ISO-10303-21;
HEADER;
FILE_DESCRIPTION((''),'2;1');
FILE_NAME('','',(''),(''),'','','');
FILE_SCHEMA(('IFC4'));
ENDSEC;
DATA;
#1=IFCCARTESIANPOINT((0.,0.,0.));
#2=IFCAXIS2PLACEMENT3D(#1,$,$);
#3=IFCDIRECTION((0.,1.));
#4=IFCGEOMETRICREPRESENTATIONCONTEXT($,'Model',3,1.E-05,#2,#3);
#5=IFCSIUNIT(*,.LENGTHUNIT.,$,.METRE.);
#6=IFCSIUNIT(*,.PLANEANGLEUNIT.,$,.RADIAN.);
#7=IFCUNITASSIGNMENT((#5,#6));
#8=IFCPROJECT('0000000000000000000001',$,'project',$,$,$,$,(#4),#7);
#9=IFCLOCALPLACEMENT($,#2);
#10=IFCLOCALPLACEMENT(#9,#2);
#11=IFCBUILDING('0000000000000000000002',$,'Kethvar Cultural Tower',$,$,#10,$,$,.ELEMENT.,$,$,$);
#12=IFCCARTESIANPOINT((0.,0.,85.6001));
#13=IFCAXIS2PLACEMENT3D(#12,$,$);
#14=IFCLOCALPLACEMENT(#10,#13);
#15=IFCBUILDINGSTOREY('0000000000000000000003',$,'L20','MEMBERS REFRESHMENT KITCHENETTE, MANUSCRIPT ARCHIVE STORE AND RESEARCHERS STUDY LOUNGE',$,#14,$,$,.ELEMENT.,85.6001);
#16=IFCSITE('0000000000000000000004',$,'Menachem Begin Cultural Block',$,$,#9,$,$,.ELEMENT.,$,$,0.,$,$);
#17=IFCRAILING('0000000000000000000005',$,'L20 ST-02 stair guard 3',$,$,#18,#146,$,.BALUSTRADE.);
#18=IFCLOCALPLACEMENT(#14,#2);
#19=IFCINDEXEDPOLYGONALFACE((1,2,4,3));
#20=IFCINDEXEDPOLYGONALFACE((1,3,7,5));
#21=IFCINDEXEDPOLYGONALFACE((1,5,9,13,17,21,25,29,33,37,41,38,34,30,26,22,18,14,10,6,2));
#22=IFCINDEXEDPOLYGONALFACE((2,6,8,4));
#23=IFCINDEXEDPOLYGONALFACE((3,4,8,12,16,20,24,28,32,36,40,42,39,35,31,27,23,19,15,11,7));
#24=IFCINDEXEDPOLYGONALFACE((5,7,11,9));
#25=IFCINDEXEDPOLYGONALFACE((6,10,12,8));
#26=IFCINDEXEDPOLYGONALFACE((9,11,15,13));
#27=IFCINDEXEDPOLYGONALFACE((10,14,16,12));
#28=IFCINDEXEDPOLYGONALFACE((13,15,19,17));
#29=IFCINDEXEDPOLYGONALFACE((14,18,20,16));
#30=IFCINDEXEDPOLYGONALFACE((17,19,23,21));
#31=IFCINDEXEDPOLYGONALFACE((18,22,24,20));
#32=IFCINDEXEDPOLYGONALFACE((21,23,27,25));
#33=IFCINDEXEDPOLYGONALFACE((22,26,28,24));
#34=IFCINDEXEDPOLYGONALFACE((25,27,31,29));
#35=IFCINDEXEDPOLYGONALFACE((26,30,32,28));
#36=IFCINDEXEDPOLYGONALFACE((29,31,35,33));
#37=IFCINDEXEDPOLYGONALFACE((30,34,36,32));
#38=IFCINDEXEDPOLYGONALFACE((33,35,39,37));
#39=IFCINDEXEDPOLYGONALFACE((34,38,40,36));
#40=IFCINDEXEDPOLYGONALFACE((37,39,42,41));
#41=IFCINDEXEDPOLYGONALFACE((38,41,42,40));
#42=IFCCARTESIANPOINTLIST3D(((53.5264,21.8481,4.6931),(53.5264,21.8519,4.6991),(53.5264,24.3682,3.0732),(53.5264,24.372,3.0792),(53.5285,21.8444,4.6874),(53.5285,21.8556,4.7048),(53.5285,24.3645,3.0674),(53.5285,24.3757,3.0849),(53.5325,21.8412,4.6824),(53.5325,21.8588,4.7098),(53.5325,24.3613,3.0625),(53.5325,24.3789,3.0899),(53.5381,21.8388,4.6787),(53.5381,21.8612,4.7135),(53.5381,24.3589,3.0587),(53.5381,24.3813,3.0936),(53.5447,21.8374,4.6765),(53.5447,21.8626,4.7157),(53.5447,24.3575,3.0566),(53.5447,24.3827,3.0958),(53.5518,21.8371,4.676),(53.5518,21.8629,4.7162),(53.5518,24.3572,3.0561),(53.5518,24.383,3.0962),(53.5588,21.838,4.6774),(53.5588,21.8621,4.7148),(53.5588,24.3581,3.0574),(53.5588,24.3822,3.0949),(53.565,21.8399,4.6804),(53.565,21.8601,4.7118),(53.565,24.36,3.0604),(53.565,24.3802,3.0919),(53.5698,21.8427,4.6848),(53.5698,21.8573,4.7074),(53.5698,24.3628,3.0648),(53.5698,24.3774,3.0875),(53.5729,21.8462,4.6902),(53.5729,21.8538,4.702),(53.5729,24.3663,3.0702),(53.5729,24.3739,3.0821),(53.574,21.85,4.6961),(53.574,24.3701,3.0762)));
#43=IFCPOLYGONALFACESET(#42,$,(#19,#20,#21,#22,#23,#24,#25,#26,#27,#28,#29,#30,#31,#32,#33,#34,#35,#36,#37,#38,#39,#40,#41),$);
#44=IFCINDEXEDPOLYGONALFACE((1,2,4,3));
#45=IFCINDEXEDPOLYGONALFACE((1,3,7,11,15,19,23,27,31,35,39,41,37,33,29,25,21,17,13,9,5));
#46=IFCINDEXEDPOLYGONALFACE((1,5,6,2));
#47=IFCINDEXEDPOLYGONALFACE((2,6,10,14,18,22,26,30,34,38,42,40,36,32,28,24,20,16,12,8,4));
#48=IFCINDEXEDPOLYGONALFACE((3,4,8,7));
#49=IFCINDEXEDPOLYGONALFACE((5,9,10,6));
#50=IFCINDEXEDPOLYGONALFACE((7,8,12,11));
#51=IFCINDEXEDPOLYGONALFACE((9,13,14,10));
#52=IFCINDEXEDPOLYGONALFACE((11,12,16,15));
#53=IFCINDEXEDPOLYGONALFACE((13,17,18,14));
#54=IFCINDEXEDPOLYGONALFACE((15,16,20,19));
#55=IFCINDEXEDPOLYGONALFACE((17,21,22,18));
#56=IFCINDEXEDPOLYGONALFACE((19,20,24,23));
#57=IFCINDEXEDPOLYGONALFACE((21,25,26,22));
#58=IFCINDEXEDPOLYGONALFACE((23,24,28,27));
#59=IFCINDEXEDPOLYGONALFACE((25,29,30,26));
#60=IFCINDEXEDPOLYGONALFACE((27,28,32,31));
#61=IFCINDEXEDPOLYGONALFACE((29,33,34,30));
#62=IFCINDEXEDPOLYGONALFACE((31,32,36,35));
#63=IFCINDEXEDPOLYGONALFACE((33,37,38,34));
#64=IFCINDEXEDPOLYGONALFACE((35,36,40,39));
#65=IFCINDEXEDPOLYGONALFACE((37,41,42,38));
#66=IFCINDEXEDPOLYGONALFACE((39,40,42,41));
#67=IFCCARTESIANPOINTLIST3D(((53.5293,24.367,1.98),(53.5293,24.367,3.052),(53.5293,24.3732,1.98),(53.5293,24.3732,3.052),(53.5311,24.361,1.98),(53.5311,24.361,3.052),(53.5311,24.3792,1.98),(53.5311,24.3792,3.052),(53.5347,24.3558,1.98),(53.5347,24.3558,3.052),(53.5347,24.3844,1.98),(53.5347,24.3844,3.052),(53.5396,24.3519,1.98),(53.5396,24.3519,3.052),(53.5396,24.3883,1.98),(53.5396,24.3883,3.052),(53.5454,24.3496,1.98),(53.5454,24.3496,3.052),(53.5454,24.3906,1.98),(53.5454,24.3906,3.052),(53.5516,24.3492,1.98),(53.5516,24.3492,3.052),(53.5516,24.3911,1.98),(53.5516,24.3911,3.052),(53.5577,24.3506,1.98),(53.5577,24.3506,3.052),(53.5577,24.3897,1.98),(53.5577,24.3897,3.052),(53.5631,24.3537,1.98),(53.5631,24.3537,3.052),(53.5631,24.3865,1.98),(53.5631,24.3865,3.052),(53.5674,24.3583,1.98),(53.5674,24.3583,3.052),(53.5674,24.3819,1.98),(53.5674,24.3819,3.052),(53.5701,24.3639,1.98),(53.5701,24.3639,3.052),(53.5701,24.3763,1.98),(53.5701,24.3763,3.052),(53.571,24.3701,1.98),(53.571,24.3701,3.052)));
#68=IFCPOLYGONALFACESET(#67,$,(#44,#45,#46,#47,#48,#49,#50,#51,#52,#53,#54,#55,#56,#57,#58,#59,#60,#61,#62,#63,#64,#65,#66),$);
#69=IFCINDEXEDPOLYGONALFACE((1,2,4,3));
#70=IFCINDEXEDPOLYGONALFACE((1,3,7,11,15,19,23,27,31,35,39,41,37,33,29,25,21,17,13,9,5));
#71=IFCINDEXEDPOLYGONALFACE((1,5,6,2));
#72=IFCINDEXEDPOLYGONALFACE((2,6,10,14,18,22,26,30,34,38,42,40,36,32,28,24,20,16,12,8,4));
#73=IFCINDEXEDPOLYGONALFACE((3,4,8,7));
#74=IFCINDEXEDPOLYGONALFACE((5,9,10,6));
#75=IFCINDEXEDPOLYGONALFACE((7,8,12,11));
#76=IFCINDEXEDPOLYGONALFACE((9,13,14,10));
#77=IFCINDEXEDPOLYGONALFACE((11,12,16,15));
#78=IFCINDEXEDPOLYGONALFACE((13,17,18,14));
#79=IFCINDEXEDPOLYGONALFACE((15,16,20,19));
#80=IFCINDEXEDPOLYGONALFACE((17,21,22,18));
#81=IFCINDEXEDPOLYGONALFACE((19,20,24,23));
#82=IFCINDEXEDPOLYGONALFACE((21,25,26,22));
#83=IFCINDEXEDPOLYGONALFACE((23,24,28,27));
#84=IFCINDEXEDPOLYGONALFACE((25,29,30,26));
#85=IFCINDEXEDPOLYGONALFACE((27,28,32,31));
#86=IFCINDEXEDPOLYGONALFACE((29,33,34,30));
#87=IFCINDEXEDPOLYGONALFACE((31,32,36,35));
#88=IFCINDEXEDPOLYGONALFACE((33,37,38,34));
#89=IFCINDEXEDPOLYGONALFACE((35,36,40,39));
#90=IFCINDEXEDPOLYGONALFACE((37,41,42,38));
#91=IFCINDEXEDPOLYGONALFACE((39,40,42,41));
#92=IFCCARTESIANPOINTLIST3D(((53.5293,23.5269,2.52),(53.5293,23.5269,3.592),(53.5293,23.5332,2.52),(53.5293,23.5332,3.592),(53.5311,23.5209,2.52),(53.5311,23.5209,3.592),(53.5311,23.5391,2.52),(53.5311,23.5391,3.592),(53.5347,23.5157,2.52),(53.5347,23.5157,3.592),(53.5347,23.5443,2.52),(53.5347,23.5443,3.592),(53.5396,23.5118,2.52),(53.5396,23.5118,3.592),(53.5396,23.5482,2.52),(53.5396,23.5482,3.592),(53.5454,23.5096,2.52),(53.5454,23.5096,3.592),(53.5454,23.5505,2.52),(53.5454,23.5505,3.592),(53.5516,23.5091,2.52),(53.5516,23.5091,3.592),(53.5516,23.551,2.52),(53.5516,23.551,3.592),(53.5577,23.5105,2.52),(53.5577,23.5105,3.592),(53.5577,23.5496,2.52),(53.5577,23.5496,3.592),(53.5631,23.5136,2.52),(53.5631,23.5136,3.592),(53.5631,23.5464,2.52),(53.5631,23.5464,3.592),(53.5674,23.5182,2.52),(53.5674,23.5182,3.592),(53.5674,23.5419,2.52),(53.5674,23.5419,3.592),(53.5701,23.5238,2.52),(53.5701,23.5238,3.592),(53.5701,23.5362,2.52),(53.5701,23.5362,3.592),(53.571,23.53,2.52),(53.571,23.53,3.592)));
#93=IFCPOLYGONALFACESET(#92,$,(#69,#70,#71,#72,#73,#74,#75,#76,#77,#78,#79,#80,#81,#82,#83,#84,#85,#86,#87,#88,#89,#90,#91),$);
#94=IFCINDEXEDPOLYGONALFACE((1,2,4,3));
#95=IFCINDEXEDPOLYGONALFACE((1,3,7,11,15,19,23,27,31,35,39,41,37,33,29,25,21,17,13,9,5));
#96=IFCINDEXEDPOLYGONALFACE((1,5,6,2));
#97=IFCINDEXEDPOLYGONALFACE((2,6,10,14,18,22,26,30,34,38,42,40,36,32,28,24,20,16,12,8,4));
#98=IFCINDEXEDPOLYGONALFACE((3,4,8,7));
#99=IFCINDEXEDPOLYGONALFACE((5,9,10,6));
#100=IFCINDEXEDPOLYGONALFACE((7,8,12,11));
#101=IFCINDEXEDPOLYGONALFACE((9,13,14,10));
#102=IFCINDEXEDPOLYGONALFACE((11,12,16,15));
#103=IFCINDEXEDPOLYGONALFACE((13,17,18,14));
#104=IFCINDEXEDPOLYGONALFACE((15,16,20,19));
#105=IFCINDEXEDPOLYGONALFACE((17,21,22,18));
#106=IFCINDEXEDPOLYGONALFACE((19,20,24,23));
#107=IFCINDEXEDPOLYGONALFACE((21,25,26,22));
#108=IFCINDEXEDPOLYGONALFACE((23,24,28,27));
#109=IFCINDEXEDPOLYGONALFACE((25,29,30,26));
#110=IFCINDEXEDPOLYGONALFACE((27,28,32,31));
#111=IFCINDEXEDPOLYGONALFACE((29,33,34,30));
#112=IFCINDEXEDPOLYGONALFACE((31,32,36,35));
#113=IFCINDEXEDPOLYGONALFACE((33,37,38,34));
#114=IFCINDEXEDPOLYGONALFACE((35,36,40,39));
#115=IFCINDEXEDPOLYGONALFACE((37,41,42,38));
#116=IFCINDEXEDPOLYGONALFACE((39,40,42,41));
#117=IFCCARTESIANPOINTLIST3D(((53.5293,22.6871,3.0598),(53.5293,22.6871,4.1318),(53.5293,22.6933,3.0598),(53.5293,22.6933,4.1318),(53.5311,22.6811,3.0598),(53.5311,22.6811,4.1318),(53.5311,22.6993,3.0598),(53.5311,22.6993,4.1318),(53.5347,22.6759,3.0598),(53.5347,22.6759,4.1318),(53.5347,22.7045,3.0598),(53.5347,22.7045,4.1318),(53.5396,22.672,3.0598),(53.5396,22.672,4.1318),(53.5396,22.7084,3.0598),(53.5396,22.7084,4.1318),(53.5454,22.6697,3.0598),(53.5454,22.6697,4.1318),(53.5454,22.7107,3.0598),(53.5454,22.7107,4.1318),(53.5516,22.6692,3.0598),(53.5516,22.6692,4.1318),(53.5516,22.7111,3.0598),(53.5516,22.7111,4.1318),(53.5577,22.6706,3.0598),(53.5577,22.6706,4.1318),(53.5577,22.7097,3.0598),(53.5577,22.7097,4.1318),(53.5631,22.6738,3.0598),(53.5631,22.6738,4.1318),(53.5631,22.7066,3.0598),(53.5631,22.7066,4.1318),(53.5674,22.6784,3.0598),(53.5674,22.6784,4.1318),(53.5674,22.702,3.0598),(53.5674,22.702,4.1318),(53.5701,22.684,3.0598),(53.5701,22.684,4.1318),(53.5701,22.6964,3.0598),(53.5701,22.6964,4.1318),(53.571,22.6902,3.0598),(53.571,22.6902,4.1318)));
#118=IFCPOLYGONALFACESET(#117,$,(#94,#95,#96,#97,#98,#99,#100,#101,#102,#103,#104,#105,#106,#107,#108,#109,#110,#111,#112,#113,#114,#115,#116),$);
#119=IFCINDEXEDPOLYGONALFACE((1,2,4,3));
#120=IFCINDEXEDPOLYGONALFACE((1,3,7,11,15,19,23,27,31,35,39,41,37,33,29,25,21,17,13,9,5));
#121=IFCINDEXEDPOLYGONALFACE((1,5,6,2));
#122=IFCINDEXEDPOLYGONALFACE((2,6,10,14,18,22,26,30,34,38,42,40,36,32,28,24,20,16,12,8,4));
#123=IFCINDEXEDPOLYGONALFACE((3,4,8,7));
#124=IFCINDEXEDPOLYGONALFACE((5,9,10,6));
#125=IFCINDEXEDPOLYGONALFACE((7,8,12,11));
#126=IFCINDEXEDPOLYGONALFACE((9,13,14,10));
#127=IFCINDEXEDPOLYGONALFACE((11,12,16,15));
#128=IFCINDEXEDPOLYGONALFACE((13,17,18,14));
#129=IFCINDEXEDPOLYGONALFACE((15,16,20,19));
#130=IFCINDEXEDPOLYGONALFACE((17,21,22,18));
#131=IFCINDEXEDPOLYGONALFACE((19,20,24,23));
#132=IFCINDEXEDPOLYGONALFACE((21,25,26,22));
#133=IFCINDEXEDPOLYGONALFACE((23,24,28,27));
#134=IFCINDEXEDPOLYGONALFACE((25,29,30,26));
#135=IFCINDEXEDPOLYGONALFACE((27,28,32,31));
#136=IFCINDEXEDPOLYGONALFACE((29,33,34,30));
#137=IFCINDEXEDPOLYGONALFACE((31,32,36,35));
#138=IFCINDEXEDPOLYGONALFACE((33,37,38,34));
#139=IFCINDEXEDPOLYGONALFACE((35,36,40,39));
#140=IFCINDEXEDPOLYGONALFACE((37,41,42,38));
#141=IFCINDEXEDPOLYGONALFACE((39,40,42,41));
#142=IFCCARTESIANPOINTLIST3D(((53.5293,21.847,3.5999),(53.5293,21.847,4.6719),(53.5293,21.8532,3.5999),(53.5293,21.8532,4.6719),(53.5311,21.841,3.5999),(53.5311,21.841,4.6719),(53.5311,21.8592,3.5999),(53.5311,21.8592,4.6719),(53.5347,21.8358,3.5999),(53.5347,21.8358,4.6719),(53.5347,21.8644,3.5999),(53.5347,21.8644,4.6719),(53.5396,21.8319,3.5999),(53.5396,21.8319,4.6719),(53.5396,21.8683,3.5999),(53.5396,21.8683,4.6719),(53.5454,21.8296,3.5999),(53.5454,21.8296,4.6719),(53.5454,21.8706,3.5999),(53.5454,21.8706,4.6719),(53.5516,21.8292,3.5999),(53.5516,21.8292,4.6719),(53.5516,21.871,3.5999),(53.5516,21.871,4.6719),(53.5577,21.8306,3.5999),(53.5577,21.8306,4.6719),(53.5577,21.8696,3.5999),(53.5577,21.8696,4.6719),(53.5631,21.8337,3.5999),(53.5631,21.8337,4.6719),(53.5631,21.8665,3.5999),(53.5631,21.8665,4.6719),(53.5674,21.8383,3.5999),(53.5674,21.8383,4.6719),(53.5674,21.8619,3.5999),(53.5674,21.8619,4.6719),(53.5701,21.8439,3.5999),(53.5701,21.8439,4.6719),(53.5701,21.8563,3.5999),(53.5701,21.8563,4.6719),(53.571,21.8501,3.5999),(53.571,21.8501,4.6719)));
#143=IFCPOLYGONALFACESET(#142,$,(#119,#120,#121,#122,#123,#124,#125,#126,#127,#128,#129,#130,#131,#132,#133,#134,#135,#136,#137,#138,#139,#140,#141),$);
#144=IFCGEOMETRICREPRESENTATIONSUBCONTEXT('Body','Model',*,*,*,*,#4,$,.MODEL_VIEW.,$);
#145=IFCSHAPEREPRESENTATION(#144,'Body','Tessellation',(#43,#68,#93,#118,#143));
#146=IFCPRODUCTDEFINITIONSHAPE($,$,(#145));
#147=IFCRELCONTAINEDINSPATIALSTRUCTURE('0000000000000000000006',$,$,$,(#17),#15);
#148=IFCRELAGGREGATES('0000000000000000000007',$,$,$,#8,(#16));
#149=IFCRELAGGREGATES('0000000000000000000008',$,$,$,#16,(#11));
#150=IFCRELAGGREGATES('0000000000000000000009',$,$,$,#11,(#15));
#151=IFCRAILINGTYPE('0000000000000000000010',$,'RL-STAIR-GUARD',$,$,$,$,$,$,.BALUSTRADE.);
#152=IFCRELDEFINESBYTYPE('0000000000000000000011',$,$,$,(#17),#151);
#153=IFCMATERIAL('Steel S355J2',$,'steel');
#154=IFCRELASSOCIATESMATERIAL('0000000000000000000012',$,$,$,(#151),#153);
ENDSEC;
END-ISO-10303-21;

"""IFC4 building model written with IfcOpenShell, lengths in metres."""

from ifc_helpers import new_model, si_unit, direction, frame, origin, origin_2d, place, context, subcontext, project, spatial, circle, extrude, material, type_object, element, save


model = new_model("IFC4")

# Units and contexts
model_context = context("Model", 3, precision=1e-05, world=origin(), true_north=direction((0.0, 1.0)))
body_context = subcontext(model_context, "Body", "Model", "MODEL_VIEW")
ifc_project = project(units=[si_unit("LENGTHUNIT", "METRE"), si_unit("PLANEANGLEUNIT", "RADIAN")], contexts=[model_context])

# Site, building, storey
site_placement = place(None, origin())
site = spatial("IfcSite", under=ifc_project, at=site_placement, Name="Menachem Begin Cultural Block", CompositionType="ELEMENT", RefElevation=0.0)
building_placement = place(site_placement, origin())
building = spatial("IfcBuilding", under=site, at=building_placement, Name="Kethvar Cultural Tower", CompositionType="ELEMENT")
storey_placement = place(building_placement, frame((0.0, 0.0, 85.6001)))
storey = spatial("IfcBuildingStorey", under=building, at=storey_placement, Name="L20", Description="MEMBERS REFRESHMENT KITCHENETTE, MANUSCRIPT ARCHIVE STORE AND RESEARCHERS STUDY LOUNGE", CompositionType="ELEMENT", Elevation=85.6001)

# Shared definitions
ifc_material_1 = material(Name="Steel S355J2", Category="steel")

# Railing
railing_type_1 = type_object("IfcRailingType", Name="RL-STAIR-GUARD", PredefinedType="BALUSTRADE", material=ifc_material_1)
railing_1_placement = place(storey_placement, frame((53.55, 24.3701, 1.98)))
element("IfcRailing", 1, at=railing_1_placement, inside=storey, type_object=railing_type_1, Name="L20 ST-02 stair guard 3", PredefinedType="BALUSTRADE", context=body_context, shape_type="SweptSolid", body=[
    extrude(circle(Radius=0.0239, at=origin_2d()), frame((0.0, 0.0, 1.0962), z_axis=(0.0, -0.8412, 0.540725), x_axis=(1.0, 0.0, 0.0)), (0.0, 0.0, 1.0), 2.9958),
    extrude(circle(Radius=0.021, at=origin_2d()), origin(), (0.0, 0.0, 1.0), 1.072),
    extrude(circle(Radius=0.021, at=origin_2d()), frame((0.0, -0.8401, 0.54)), (0.0, 0.0, 1.0), 1.072),
    extrude(circle(Radius=0.021, at=origin_2d()), frame((0.0, -1.6799, 1.0798)), (0.0, 0.0, 1.0), 1.072),
    extrude(circle(Radius=0.021, at=origin_2d()), frame((0.0, -2.52, 1.6199)), (0.0, 0.0, 1.0), 1.072),
])

save(model, "model.ifc")
